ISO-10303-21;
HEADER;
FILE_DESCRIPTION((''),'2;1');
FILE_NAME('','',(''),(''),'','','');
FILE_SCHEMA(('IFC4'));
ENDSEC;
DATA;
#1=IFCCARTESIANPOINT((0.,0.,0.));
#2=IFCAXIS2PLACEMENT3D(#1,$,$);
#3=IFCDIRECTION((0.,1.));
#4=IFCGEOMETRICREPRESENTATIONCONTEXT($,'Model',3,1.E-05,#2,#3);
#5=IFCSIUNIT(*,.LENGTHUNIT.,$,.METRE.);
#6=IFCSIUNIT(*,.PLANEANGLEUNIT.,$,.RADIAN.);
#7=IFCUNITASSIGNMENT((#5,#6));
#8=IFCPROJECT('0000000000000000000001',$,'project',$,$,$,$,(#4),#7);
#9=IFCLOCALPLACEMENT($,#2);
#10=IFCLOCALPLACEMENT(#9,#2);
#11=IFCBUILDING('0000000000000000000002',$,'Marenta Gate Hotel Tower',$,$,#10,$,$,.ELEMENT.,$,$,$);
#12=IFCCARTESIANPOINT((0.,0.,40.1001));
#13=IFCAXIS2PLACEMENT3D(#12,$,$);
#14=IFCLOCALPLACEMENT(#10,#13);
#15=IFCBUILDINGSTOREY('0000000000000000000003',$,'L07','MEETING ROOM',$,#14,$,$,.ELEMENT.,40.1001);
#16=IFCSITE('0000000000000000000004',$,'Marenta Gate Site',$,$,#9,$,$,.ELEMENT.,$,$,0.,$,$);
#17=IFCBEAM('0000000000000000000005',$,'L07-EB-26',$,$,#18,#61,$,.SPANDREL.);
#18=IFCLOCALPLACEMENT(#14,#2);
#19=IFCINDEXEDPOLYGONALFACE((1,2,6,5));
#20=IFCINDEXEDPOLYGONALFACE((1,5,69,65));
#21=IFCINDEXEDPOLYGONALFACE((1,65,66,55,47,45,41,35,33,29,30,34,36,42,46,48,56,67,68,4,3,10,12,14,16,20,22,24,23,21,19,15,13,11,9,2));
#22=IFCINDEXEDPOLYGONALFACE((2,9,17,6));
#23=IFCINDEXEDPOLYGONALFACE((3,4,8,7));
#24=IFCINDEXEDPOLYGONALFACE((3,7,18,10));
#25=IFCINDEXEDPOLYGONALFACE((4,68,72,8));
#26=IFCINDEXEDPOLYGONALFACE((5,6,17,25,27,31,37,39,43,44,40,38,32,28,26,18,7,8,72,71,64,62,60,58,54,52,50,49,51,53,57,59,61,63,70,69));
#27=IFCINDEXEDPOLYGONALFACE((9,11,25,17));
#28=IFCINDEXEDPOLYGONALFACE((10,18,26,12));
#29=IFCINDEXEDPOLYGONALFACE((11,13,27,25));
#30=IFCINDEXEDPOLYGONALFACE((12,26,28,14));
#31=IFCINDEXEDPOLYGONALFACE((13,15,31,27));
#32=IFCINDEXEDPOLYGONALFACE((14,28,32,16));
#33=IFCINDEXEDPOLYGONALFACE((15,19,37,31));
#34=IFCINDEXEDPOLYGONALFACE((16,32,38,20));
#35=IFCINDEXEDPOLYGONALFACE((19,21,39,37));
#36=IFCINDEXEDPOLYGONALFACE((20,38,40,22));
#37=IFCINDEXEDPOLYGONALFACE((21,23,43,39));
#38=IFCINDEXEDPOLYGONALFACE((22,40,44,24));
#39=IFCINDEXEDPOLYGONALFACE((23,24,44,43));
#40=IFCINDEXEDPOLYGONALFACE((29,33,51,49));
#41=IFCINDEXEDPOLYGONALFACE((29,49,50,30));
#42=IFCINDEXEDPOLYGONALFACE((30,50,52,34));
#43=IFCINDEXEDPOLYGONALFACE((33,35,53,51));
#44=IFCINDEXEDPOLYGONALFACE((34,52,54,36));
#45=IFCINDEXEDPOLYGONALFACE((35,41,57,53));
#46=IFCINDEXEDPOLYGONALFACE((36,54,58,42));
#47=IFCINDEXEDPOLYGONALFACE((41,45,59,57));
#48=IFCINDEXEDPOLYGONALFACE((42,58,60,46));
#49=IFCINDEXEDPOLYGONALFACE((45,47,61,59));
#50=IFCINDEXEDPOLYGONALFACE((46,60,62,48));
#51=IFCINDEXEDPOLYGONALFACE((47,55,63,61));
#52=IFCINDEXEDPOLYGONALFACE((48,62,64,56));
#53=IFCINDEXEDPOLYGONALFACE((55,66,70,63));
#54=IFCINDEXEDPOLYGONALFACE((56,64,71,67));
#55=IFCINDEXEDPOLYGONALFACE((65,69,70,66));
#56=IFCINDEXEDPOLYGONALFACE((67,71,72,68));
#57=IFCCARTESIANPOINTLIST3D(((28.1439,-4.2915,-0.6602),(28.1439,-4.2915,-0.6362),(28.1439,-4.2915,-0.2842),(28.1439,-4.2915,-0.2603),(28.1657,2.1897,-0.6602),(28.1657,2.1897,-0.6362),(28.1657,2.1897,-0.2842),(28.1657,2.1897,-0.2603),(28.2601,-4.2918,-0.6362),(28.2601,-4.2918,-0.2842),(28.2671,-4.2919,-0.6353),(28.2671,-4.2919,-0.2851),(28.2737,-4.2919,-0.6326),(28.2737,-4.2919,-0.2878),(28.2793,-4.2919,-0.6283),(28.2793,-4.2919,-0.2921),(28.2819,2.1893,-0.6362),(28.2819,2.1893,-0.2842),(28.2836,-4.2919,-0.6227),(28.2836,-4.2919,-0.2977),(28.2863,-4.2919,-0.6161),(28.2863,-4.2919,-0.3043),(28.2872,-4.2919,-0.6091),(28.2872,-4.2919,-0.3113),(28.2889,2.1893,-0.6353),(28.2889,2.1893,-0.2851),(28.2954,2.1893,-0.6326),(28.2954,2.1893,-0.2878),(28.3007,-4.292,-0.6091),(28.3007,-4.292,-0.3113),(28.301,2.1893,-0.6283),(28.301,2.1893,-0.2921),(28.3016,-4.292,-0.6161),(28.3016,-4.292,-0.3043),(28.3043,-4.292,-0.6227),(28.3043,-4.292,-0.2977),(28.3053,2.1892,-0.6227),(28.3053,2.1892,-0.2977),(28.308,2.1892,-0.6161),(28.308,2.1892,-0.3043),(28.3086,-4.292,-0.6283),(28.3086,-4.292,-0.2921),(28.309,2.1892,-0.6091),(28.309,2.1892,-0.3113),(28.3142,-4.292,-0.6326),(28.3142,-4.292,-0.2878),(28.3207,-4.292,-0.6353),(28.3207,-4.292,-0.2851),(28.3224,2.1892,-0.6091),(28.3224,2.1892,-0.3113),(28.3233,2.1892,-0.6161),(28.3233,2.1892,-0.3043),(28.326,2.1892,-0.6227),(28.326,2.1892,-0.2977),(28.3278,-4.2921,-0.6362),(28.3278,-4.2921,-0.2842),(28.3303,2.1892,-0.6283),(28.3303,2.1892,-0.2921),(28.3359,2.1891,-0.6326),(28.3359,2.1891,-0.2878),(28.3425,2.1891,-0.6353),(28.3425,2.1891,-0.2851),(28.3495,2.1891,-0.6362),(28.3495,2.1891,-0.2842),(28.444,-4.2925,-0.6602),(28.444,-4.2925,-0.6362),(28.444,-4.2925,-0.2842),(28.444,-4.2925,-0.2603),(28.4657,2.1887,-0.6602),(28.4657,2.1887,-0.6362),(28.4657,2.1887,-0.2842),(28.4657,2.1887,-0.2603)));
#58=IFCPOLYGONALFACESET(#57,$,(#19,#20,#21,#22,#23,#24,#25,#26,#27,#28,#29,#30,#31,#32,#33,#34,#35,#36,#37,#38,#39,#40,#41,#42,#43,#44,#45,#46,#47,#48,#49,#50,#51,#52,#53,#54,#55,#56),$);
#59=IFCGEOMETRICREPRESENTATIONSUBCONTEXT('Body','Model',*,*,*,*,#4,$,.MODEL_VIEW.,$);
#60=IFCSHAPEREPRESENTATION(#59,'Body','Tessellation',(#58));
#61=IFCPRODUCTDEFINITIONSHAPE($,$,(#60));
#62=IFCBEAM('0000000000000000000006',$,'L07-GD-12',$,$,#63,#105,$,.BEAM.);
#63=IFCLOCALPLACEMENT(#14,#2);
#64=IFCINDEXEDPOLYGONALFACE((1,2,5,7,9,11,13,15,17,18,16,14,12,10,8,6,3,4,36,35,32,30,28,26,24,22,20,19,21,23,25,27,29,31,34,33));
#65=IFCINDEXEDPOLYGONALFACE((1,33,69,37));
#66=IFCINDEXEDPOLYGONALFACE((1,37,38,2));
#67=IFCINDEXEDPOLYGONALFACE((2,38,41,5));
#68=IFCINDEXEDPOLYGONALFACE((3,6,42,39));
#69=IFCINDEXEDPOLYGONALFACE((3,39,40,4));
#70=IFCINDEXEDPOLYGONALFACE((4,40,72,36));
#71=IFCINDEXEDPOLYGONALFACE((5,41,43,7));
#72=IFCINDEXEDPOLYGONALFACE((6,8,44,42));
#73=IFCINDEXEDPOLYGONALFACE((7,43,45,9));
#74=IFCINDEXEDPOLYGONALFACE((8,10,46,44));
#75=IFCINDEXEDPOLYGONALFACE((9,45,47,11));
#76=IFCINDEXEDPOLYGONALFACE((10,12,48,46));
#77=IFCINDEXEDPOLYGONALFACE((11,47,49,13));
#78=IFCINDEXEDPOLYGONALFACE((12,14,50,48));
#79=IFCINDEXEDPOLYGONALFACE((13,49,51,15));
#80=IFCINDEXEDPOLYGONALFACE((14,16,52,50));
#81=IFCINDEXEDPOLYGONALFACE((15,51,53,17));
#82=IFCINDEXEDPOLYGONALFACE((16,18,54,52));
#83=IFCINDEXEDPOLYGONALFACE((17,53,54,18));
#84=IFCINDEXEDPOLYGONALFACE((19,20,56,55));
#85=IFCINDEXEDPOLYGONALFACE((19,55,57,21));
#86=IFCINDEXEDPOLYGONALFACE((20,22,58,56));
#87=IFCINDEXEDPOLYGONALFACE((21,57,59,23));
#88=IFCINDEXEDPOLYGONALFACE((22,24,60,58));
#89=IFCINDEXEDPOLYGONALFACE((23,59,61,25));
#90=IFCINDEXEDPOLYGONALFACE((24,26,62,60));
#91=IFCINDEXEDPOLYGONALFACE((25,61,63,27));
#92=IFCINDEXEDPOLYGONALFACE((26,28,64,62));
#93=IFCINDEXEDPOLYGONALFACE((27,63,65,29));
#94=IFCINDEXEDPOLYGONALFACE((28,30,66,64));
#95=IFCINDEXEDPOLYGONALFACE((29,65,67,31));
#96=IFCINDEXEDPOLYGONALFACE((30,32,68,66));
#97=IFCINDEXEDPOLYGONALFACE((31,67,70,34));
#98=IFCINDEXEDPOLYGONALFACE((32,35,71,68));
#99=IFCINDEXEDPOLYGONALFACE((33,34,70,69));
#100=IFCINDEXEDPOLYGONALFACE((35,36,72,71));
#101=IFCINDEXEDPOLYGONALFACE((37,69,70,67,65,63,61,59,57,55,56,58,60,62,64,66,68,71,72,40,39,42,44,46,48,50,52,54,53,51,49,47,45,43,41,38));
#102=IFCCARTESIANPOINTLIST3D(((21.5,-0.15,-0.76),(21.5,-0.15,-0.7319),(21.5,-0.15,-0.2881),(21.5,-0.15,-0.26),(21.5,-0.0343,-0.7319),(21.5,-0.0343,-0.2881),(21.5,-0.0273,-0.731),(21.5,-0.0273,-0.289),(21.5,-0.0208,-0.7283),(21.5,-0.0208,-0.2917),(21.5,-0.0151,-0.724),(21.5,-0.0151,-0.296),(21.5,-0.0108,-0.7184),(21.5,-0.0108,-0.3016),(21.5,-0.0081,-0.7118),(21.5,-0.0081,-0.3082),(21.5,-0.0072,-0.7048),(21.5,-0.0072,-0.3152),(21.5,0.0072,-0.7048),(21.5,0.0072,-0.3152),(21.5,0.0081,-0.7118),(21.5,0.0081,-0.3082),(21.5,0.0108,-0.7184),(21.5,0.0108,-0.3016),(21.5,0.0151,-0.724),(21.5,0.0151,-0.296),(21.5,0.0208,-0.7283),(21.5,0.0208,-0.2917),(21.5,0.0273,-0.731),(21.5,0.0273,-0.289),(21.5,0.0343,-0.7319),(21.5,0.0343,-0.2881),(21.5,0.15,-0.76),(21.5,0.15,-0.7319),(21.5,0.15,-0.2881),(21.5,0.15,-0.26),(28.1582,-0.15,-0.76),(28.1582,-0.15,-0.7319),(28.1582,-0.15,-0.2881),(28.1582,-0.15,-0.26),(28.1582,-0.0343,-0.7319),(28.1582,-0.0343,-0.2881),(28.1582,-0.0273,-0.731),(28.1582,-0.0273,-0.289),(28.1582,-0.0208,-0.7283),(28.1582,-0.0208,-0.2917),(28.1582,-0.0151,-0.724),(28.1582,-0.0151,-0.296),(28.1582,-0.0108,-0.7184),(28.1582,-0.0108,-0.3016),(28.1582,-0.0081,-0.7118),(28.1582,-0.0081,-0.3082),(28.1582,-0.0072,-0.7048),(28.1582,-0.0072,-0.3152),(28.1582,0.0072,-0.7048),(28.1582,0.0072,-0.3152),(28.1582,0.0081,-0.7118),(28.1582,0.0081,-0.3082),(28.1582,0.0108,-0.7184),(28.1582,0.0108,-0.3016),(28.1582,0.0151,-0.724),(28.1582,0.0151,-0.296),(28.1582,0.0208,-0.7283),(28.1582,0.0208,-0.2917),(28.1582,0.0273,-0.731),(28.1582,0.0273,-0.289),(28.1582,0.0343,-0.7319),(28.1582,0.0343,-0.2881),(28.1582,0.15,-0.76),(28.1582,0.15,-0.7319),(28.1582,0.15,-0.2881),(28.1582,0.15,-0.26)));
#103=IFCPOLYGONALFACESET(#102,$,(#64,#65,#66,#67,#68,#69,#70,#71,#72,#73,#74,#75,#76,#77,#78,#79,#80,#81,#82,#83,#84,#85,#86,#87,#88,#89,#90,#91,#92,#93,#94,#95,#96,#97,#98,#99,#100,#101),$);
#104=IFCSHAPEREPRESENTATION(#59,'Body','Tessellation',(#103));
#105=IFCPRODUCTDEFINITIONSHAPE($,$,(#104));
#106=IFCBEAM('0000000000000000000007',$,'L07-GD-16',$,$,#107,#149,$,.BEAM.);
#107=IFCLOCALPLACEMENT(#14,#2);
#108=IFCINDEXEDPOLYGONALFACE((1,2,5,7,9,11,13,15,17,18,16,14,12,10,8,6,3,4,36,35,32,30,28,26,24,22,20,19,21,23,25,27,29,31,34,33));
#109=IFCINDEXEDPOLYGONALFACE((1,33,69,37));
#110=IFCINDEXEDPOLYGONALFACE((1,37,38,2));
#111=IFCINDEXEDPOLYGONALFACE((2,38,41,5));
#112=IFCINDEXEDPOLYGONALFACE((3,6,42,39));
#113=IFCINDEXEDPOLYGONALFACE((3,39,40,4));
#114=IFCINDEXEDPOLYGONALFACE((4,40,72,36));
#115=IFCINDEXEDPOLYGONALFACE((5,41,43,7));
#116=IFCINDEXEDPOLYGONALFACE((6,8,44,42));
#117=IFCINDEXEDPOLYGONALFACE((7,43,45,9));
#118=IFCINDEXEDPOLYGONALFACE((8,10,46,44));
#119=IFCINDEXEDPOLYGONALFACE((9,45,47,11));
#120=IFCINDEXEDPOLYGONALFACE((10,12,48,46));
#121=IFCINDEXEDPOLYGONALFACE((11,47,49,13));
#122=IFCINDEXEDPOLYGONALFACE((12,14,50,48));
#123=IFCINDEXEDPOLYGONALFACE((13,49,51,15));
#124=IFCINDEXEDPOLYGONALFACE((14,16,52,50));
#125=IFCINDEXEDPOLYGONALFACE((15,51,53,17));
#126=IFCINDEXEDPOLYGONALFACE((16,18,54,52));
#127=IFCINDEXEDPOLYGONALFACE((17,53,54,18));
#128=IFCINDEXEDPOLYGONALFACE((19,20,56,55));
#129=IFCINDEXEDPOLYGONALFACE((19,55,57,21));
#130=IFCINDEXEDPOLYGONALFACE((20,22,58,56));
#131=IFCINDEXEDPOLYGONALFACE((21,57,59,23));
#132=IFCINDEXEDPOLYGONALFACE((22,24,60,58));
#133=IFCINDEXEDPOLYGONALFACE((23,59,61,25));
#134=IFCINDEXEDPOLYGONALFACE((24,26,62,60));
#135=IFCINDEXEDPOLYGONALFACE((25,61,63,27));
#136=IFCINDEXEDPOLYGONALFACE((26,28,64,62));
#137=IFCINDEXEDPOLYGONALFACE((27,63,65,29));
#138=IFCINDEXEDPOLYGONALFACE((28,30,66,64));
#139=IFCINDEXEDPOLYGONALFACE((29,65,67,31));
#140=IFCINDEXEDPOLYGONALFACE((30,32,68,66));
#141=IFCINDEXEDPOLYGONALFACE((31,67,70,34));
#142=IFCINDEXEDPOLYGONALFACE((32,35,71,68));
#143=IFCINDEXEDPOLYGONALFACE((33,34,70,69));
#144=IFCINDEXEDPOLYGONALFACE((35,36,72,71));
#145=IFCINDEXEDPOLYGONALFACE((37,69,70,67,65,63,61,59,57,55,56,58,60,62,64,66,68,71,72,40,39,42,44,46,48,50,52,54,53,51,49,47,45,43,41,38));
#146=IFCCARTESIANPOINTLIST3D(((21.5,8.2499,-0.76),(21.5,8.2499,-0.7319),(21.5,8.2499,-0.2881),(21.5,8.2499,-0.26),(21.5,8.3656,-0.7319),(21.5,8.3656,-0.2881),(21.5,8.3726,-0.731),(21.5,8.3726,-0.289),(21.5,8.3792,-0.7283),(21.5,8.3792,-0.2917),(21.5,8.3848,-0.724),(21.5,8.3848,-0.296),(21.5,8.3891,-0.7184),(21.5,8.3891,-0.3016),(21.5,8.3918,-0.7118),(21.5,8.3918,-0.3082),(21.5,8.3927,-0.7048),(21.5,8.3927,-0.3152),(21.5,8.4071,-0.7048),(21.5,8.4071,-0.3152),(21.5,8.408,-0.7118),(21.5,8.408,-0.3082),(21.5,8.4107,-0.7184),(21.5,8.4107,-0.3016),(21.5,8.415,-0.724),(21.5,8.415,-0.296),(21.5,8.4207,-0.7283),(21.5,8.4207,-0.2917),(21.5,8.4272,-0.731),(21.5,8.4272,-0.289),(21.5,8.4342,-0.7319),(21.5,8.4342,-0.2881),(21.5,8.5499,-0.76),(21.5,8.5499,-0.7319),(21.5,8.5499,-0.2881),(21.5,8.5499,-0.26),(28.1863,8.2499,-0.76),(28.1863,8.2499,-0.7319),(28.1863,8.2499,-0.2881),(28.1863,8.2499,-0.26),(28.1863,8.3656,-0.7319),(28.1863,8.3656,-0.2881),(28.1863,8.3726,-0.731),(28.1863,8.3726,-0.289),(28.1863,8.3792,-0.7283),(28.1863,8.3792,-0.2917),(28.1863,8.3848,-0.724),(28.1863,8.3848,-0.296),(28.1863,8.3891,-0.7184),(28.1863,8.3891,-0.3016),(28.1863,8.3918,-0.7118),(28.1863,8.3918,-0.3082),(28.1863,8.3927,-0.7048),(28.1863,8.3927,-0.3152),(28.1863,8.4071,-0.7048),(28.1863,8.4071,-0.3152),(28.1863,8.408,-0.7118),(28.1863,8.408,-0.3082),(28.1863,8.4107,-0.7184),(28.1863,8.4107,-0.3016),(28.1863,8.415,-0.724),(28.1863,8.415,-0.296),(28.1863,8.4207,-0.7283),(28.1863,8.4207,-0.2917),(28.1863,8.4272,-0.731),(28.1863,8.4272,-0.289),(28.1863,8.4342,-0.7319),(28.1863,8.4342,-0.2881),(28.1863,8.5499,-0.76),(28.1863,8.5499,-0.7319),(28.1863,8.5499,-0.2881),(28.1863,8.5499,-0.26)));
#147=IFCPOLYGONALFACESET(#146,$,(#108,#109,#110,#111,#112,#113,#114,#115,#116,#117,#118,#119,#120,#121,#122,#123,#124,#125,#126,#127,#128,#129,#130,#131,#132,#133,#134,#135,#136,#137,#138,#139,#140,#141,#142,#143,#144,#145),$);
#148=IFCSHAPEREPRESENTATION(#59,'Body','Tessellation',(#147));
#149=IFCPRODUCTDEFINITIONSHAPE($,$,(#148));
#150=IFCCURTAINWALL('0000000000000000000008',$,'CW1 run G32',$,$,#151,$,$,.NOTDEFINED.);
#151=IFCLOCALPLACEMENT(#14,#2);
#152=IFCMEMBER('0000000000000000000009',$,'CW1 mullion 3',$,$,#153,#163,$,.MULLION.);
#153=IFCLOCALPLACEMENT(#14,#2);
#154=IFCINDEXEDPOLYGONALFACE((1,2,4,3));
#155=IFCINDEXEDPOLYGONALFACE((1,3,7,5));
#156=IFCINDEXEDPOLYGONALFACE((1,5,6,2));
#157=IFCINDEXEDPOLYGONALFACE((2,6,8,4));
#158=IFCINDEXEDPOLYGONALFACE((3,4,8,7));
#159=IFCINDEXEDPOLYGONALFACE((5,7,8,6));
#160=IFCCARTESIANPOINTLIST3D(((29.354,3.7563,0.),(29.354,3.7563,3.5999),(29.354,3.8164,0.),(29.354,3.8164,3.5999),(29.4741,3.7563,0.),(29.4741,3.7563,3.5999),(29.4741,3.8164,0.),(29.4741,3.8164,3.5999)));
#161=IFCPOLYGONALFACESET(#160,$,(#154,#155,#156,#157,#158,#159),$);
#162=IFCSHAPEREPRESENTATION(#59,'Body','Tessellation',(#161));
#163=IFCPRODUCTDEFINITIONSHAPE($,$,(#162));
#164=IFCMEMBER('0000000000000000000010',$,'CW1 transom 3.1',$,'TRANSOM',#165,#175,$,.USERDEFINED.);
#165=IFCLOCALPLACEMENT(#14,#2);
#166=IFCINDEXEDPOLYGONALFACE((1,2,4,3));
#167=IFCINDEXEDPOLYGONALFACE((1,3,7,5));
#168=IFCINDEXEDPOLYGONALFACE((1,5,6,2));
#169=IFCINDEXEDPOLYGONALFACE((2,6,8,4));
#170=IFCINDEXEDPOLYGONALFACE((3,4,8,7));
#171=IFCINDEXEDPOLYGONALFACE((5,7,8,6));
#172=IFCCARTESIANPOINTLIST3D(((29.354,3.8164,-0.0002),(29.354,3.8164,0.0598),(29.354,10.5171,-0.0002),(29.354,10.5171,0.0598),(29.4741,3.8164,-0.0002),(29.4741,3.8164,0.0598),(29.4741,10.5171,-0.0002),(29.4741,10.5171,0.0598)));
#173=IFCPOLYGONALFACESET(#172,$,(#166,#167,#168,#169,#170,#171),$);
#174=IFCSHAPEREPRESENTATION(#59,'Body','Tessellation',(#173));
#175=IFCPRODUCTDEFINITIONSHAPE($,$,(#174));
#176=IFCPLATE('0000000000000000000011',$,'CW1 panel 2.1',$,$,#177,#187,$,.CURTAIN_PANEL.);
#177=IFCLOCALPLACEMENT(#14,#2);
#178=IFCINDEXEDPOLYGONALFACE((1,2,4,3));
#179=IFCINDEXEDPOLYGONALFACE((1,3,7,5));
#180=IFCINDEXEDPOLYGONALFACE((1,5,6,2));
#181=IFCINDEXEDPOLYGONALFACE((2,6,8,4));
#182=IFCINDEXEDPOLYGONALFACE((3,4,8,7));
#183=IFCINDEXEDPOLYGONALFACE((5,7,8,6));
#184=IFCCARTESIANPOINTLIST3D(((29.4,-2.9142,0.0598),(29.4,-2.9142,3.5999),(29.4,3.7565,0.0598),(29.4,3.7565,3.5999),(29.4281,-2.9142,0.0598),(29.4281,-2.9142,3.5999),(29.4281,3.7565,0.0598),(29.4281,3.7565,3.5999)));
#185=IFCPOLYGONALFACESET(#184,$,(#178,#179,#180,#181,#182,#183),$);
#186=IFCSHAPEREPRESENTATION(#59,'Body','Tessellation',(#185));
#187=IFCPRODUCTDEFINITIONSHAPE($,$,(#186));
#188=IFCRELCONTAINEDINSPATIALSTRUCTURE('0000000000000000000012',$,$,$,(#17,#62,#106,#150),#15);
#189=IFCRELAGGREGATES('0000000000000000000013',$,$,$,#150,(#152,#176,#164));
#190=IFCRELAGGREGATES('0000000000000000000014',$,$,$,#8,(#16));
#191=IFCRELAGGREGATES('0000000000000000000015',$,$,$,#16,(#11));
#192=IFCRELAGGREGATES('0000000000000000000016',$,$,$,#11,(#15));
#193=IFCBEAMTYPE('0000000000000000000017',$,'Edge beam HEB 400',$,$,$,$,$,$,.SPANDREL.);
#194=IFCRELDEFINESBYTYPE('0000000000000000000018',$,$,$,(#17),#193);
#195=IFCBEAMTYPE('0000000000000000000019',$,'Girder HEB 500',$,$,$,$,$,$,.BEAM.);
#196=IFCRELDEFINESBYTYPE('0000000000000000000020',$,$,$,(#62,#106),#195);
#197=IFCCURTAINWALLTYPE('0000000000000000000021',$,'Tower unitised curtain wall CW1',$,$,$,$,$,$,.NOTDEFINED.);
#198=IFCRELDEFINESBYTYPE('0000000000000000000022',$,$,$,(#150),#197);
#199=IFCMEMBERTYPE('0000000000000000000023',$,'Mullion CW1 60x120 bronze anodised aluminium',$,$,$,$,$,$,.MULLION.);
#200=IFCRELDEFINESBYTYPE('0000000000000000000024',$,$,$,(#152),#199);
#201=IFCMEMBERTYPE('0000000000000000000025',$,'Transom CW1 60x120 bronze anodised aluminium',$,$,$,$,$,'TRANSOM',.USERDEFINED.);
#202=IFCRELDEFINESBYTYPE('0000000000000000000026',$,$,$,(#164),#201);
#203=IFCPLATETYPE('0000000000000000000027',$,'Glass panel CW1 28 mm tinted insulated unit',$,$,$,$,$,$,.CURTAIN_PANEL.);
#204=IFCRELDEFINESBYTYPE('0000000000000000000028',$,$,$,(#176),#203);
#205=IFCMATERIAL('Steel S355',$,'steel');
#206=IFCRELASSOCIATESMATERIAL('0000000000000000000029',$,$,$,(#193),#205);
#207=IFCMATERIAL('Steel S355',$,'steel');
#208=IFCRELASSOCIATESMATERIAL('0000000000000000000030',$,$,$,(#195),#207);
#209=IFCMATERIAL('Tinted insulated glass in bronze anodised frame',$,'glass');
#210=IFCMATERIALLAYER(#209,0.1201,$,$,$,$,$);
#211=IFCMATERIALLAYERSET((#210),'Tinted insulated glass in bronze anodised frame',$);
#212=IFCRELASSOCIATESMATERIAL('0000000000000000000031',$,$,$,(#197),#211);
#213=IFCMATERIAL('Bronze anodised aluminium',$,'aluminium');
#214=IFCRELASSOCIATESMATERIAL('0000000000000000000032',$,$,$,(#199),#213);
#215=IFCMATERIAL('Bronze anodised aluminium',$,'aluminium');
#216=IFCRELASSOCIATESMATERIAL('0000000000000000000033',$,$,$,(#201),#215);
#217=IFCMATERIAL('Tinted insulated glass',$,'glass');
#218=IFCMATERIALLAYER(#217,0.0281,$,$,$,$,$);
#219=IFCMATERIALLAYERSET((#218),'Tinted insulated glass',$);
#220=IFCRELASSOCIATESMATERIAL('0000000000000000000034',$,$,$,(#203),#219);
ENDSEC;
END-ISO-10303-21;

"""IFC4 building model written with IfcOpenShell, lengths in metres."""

from ifc_helpers import new_model, si_unit, direction, frame, origin, origin_2d, place, context, subcontext, project, spatial, rectangle, i_section, extrude, material, layer, layer_set, material_profile, profile_set, type_object, element, aggregate, save


model = new_model("IFC4")

# Units and contexts
model_context = context("Model", 3, precision=1e-05, world=origin(), true_north=direction((0.0, 1.0)))
body_context = subcontext(model_context, "Body", "Model", "MODEL_VIEW")
ifc_project = project(units=[si_unit("LENGTHUNIT", "METRE"), si_unit("PLANEANGLEUNIT", "RADIAN")], contexts=[model_context])

# Site, building, storey
site_placement = place(None, origin())
site = spatial("IfcSite", under=ifc_project, at=site_placement, Name="Marenta Gate Site", CompositionType="ELEMENT", RefElevation=0.0)
building_placement = place(site_placement, origin())
building = spatial("IfcBuilding", under=site, at=building_placement, Name="Marenta Gate Hotel Tower", CompositionType="ELEMENT")
storey_placement = place(building_placement, frame((0.0, 0.0, 40.1001)))
storey = spatial("IfcBuildingStorey", under=building, at=storey_placement, Name="L07", Description="MEETING ROOM", CompositionType="ELEMENT", Elevation=40.1001)

# Beams
ifc_material_1 = material(Name="Steel S355", Category="steel")
ifc_material_profile_1 = material_profile(ifc_material_1, i_section(OverallWidth=0.3, OverallDepth=0.3999, WebThickness=0.0134, FlangeThickness=0.0239, FilletRadius=0.0271, at=origin_2d()), Name="HEB 400")
ifc_profile_set_1 = profile_set([ifc_material_profile_1], Name="Steel S355")
beam_type_1 = type_object("IfcBeamType", Name="Edge beam HEB 400", PredefinedType="SPANDREL", material=ifc_profile_set_1)
beam_1_placement = place(storey_placement, frame((28.3157, 2.1892, -0.4602), z_axis=(-0.003353, -0.999994, 0.0), x_axis=(0.999994, -0.003353, 0.0)))
element("IfcBeam", 1, at=beam_1_placement, inside=storey, type_object=beam_type_1, Name="L07-EB-26", PredefinedType="SPANDREL", context=body_context, shape_type="SweptSolid", body=[
    extrude(i_section(OverallWidth=0.3, OverallDepth=0.3999, WebThickness=0.0134, FlangeThickness=0.0239, FilletRadius=0.0271, at=origin_2d()), origin(), (0.0, 0.0, 1.0), 6.4812),
])
ifc_material_2 = material(Name="Steel S355", Category="steel")
ifc_material_profile_2 = material_profile(ifc_material_2, i_section(OverallWidth=0.3, OverallDepth=0.5, WebThickness=0.0144, FlangeThickness=0.0281, FilletRadius=0.0271, at=origin_2d()), Name="HEB 500")
ifc_profile_set_2 = profile_set([ifc_material_profile_2], Name="Steel S355")
beam_type_2 = type_object("IfcBeamType", Name="Girder HEB 500", PredefinedType="BEAM", material=ifc_profile_set_2)
beam_2_placement = place(storey_placement, frame((21.5, 0.0, -0.51), z_axis=(1.0, 0.0, 0.0), x_axis=(0.0, 1.0, 0.0)))
element("IfcBeam", 2, at=beam_2_placement, inside=storey, type_object=beam_type_2, Name="L07-GD-12", PredefinedType="BEAM", context=body_context, shape_type="SweptSolid", body=[
    extrude(i_section(OverallWidth=0.3, OverallDepth=0.5, WebThickness=0.0144, FlangeThickness=0.0281, FilletRadius=0.0271, at=origin_2d()), origin(), (0.0, 0.0, 1.0), 6.6582),
])
beam_3_placement = place(storey_placement, frame((21.5, 8.3999, -0.51), z_axis=(1.0, 0.0, 0.0), x_axis=(0.0, 1.0, 0.0)))
element("IfcBeam", 3, at=beam_3_placement, inside=storey, type_object=beam_type_2, Name="L07-GD-16", PredefinedType="BEAM", context=body_context, shape_type="SweptSolid", body=[
    extrude(i_section(OverallWidth=0.3, OverallDepth=0.5, WebThickness=0.0144, FlangeThickness=0.0281, FilletRadius=0.0271, at=origin_2d()), origin(), (0.0, 0.0, 1.0), 6.6863),
])

# Curtain wall, members, plate
ifc_material_3 = material(Name="Tinted insulated glass in bronze anodised frame", Category="glass")
ifc_layer_1 = layer(ifc_material_3, 0.1201)
ifc_layer_set_1 = layer_set([ifc_layer_1], Name="Tinted insulated glass in bronze anodised frame")
curtain_wall_type = type_object("IfcCurtainWallType", Name="Tower unitised curtain wall CW1", PredefinedType="NOTDEFINED", material=ifc_layer_set_1)
curtain_wall_placement = place(storey_placement, origin())
curtain_wall = element("IfcCurtainWall", 4, at=curtain_wall_placement, inside=storey, type_object=curtain_wall_type, Name="CW1 run G32", PredefinedType="NOTDEFINED")
ifc_material_4 = material(Name="Bronze anodised aluminium", Category="aluminium")
ifc_material_profile_3 = material_profile(ifc_material_4, rectangle(XDim=0.1201, YDim=0.0601, at=origin_2d()), Name="Mullion CW1 60x120 bronze anodised aluminium")
ifc_profile_set_3 = profile_set([ifc_material_profile_3], Name="Bronze anodised aluminium")
member_type_1 = type_object("IfcMemberType", Name="Mullion CW1 60x120 bronze anodised aluminium", PredefinedType="MULLION", material=ifc_profile_set_3)
member_1_placement = place(storey_placement, frame((29.4141, 3.7864, 0.0), z_axis=(0.0, 0.0, 1.0), x_axis=(-1.0, 0.0, 0.0)))
member_1 = element("IfcMember", 5, at=member_1_placement, type_object=member_type_1, Name="CW1 mullion 3", PredefinedType="MULLION", context=body_context, shape_type="SweptSolid", body=[
    extrude(rectangle(XDim=0.1201, YDim=0.0601, at=origin_2d()), origin(), (0.0, 0.0, 1.0), 3.5999),
])
ifc_material_5 = material(Name="Bronze anodised aluminium", Category="aluminium")
ifc_material_profile_4 = material_profile(ifc_material_5, rectangle(XDim=0.1201, YDim=0.0601, at=origin_2d()), Name="Transom CW1 60x120 bronze anodised aluminium")
ifc_profile_set_4 = profile_set([ifc_material_profile_4], Name="Bronze anodised aluminium")
member_type_2 = type_object("IfcMemberType", Name="Transom CW1 60x120 bronze anodised aluminium", ElementType="TRANSOM", PredefinedType="USERDEFINED", material=ifc_profile_set_4)
member_2_placement = place(storey_placement, frame((29.4141, 3.8164, 0.0298), z_axis=(0.0, 1.0, 0.0), x_axis=(-1.0, 0.0, 0.0)))
member_2 = element("IfcMember", 6, at=member_2_placement, type_object=member_type_2, Name="CW1 transom 3.1", ObjectType="TRANSOM", PredefinedType="USERDEFINED", context=body_context, shape_type="SweptSolid", body=[
    extrude(rectangle(XDim=0.1201, YDim=0.0601, at=origin_2d()), origin(), (0.0, 0.0, 1.0), 6.7007),
])
ifc_material_6 = material(Name="Tinted insulated glass", Category="glass")
ifc_layer_2 = layer(ifc_material_6, 0.0281)
ifc_layer_set_2 = layer_set([ifc_layer_2], Name="Tinted insulated glass")
plate_type = type_object("IfcPlateType", Name="Glass panel CW1 28 mm tinted insulated unit", PredefinedType="CURTAIN_PANEL", material=ifc_layer_set_2)
plate_1_placement = place(storey_placement, frame((29.4141, 0.4211, 0.0598), z_axis=(0.0, 0.0, 1.0), x_axis=(0.0, 1.0, 0.0)))
plate_1 = element("IfcPlate", 7, at=plate_1_placement, type_object=plate_type, Name="CW1 panel 2.1", PredefinedType="CURTAIN_PANEL", context=body_context, shape_type="SweptSolid", body=[
    extrude(rectangle(XDim=6.6707, YDim=0.0281, at=origin_2d()), origin(), (0.0, 0.0, 1.0), 3.54),
])
aggregate(curtain_wall, [member_1, plate_1, member_2])

save(model, "model.ifc")
